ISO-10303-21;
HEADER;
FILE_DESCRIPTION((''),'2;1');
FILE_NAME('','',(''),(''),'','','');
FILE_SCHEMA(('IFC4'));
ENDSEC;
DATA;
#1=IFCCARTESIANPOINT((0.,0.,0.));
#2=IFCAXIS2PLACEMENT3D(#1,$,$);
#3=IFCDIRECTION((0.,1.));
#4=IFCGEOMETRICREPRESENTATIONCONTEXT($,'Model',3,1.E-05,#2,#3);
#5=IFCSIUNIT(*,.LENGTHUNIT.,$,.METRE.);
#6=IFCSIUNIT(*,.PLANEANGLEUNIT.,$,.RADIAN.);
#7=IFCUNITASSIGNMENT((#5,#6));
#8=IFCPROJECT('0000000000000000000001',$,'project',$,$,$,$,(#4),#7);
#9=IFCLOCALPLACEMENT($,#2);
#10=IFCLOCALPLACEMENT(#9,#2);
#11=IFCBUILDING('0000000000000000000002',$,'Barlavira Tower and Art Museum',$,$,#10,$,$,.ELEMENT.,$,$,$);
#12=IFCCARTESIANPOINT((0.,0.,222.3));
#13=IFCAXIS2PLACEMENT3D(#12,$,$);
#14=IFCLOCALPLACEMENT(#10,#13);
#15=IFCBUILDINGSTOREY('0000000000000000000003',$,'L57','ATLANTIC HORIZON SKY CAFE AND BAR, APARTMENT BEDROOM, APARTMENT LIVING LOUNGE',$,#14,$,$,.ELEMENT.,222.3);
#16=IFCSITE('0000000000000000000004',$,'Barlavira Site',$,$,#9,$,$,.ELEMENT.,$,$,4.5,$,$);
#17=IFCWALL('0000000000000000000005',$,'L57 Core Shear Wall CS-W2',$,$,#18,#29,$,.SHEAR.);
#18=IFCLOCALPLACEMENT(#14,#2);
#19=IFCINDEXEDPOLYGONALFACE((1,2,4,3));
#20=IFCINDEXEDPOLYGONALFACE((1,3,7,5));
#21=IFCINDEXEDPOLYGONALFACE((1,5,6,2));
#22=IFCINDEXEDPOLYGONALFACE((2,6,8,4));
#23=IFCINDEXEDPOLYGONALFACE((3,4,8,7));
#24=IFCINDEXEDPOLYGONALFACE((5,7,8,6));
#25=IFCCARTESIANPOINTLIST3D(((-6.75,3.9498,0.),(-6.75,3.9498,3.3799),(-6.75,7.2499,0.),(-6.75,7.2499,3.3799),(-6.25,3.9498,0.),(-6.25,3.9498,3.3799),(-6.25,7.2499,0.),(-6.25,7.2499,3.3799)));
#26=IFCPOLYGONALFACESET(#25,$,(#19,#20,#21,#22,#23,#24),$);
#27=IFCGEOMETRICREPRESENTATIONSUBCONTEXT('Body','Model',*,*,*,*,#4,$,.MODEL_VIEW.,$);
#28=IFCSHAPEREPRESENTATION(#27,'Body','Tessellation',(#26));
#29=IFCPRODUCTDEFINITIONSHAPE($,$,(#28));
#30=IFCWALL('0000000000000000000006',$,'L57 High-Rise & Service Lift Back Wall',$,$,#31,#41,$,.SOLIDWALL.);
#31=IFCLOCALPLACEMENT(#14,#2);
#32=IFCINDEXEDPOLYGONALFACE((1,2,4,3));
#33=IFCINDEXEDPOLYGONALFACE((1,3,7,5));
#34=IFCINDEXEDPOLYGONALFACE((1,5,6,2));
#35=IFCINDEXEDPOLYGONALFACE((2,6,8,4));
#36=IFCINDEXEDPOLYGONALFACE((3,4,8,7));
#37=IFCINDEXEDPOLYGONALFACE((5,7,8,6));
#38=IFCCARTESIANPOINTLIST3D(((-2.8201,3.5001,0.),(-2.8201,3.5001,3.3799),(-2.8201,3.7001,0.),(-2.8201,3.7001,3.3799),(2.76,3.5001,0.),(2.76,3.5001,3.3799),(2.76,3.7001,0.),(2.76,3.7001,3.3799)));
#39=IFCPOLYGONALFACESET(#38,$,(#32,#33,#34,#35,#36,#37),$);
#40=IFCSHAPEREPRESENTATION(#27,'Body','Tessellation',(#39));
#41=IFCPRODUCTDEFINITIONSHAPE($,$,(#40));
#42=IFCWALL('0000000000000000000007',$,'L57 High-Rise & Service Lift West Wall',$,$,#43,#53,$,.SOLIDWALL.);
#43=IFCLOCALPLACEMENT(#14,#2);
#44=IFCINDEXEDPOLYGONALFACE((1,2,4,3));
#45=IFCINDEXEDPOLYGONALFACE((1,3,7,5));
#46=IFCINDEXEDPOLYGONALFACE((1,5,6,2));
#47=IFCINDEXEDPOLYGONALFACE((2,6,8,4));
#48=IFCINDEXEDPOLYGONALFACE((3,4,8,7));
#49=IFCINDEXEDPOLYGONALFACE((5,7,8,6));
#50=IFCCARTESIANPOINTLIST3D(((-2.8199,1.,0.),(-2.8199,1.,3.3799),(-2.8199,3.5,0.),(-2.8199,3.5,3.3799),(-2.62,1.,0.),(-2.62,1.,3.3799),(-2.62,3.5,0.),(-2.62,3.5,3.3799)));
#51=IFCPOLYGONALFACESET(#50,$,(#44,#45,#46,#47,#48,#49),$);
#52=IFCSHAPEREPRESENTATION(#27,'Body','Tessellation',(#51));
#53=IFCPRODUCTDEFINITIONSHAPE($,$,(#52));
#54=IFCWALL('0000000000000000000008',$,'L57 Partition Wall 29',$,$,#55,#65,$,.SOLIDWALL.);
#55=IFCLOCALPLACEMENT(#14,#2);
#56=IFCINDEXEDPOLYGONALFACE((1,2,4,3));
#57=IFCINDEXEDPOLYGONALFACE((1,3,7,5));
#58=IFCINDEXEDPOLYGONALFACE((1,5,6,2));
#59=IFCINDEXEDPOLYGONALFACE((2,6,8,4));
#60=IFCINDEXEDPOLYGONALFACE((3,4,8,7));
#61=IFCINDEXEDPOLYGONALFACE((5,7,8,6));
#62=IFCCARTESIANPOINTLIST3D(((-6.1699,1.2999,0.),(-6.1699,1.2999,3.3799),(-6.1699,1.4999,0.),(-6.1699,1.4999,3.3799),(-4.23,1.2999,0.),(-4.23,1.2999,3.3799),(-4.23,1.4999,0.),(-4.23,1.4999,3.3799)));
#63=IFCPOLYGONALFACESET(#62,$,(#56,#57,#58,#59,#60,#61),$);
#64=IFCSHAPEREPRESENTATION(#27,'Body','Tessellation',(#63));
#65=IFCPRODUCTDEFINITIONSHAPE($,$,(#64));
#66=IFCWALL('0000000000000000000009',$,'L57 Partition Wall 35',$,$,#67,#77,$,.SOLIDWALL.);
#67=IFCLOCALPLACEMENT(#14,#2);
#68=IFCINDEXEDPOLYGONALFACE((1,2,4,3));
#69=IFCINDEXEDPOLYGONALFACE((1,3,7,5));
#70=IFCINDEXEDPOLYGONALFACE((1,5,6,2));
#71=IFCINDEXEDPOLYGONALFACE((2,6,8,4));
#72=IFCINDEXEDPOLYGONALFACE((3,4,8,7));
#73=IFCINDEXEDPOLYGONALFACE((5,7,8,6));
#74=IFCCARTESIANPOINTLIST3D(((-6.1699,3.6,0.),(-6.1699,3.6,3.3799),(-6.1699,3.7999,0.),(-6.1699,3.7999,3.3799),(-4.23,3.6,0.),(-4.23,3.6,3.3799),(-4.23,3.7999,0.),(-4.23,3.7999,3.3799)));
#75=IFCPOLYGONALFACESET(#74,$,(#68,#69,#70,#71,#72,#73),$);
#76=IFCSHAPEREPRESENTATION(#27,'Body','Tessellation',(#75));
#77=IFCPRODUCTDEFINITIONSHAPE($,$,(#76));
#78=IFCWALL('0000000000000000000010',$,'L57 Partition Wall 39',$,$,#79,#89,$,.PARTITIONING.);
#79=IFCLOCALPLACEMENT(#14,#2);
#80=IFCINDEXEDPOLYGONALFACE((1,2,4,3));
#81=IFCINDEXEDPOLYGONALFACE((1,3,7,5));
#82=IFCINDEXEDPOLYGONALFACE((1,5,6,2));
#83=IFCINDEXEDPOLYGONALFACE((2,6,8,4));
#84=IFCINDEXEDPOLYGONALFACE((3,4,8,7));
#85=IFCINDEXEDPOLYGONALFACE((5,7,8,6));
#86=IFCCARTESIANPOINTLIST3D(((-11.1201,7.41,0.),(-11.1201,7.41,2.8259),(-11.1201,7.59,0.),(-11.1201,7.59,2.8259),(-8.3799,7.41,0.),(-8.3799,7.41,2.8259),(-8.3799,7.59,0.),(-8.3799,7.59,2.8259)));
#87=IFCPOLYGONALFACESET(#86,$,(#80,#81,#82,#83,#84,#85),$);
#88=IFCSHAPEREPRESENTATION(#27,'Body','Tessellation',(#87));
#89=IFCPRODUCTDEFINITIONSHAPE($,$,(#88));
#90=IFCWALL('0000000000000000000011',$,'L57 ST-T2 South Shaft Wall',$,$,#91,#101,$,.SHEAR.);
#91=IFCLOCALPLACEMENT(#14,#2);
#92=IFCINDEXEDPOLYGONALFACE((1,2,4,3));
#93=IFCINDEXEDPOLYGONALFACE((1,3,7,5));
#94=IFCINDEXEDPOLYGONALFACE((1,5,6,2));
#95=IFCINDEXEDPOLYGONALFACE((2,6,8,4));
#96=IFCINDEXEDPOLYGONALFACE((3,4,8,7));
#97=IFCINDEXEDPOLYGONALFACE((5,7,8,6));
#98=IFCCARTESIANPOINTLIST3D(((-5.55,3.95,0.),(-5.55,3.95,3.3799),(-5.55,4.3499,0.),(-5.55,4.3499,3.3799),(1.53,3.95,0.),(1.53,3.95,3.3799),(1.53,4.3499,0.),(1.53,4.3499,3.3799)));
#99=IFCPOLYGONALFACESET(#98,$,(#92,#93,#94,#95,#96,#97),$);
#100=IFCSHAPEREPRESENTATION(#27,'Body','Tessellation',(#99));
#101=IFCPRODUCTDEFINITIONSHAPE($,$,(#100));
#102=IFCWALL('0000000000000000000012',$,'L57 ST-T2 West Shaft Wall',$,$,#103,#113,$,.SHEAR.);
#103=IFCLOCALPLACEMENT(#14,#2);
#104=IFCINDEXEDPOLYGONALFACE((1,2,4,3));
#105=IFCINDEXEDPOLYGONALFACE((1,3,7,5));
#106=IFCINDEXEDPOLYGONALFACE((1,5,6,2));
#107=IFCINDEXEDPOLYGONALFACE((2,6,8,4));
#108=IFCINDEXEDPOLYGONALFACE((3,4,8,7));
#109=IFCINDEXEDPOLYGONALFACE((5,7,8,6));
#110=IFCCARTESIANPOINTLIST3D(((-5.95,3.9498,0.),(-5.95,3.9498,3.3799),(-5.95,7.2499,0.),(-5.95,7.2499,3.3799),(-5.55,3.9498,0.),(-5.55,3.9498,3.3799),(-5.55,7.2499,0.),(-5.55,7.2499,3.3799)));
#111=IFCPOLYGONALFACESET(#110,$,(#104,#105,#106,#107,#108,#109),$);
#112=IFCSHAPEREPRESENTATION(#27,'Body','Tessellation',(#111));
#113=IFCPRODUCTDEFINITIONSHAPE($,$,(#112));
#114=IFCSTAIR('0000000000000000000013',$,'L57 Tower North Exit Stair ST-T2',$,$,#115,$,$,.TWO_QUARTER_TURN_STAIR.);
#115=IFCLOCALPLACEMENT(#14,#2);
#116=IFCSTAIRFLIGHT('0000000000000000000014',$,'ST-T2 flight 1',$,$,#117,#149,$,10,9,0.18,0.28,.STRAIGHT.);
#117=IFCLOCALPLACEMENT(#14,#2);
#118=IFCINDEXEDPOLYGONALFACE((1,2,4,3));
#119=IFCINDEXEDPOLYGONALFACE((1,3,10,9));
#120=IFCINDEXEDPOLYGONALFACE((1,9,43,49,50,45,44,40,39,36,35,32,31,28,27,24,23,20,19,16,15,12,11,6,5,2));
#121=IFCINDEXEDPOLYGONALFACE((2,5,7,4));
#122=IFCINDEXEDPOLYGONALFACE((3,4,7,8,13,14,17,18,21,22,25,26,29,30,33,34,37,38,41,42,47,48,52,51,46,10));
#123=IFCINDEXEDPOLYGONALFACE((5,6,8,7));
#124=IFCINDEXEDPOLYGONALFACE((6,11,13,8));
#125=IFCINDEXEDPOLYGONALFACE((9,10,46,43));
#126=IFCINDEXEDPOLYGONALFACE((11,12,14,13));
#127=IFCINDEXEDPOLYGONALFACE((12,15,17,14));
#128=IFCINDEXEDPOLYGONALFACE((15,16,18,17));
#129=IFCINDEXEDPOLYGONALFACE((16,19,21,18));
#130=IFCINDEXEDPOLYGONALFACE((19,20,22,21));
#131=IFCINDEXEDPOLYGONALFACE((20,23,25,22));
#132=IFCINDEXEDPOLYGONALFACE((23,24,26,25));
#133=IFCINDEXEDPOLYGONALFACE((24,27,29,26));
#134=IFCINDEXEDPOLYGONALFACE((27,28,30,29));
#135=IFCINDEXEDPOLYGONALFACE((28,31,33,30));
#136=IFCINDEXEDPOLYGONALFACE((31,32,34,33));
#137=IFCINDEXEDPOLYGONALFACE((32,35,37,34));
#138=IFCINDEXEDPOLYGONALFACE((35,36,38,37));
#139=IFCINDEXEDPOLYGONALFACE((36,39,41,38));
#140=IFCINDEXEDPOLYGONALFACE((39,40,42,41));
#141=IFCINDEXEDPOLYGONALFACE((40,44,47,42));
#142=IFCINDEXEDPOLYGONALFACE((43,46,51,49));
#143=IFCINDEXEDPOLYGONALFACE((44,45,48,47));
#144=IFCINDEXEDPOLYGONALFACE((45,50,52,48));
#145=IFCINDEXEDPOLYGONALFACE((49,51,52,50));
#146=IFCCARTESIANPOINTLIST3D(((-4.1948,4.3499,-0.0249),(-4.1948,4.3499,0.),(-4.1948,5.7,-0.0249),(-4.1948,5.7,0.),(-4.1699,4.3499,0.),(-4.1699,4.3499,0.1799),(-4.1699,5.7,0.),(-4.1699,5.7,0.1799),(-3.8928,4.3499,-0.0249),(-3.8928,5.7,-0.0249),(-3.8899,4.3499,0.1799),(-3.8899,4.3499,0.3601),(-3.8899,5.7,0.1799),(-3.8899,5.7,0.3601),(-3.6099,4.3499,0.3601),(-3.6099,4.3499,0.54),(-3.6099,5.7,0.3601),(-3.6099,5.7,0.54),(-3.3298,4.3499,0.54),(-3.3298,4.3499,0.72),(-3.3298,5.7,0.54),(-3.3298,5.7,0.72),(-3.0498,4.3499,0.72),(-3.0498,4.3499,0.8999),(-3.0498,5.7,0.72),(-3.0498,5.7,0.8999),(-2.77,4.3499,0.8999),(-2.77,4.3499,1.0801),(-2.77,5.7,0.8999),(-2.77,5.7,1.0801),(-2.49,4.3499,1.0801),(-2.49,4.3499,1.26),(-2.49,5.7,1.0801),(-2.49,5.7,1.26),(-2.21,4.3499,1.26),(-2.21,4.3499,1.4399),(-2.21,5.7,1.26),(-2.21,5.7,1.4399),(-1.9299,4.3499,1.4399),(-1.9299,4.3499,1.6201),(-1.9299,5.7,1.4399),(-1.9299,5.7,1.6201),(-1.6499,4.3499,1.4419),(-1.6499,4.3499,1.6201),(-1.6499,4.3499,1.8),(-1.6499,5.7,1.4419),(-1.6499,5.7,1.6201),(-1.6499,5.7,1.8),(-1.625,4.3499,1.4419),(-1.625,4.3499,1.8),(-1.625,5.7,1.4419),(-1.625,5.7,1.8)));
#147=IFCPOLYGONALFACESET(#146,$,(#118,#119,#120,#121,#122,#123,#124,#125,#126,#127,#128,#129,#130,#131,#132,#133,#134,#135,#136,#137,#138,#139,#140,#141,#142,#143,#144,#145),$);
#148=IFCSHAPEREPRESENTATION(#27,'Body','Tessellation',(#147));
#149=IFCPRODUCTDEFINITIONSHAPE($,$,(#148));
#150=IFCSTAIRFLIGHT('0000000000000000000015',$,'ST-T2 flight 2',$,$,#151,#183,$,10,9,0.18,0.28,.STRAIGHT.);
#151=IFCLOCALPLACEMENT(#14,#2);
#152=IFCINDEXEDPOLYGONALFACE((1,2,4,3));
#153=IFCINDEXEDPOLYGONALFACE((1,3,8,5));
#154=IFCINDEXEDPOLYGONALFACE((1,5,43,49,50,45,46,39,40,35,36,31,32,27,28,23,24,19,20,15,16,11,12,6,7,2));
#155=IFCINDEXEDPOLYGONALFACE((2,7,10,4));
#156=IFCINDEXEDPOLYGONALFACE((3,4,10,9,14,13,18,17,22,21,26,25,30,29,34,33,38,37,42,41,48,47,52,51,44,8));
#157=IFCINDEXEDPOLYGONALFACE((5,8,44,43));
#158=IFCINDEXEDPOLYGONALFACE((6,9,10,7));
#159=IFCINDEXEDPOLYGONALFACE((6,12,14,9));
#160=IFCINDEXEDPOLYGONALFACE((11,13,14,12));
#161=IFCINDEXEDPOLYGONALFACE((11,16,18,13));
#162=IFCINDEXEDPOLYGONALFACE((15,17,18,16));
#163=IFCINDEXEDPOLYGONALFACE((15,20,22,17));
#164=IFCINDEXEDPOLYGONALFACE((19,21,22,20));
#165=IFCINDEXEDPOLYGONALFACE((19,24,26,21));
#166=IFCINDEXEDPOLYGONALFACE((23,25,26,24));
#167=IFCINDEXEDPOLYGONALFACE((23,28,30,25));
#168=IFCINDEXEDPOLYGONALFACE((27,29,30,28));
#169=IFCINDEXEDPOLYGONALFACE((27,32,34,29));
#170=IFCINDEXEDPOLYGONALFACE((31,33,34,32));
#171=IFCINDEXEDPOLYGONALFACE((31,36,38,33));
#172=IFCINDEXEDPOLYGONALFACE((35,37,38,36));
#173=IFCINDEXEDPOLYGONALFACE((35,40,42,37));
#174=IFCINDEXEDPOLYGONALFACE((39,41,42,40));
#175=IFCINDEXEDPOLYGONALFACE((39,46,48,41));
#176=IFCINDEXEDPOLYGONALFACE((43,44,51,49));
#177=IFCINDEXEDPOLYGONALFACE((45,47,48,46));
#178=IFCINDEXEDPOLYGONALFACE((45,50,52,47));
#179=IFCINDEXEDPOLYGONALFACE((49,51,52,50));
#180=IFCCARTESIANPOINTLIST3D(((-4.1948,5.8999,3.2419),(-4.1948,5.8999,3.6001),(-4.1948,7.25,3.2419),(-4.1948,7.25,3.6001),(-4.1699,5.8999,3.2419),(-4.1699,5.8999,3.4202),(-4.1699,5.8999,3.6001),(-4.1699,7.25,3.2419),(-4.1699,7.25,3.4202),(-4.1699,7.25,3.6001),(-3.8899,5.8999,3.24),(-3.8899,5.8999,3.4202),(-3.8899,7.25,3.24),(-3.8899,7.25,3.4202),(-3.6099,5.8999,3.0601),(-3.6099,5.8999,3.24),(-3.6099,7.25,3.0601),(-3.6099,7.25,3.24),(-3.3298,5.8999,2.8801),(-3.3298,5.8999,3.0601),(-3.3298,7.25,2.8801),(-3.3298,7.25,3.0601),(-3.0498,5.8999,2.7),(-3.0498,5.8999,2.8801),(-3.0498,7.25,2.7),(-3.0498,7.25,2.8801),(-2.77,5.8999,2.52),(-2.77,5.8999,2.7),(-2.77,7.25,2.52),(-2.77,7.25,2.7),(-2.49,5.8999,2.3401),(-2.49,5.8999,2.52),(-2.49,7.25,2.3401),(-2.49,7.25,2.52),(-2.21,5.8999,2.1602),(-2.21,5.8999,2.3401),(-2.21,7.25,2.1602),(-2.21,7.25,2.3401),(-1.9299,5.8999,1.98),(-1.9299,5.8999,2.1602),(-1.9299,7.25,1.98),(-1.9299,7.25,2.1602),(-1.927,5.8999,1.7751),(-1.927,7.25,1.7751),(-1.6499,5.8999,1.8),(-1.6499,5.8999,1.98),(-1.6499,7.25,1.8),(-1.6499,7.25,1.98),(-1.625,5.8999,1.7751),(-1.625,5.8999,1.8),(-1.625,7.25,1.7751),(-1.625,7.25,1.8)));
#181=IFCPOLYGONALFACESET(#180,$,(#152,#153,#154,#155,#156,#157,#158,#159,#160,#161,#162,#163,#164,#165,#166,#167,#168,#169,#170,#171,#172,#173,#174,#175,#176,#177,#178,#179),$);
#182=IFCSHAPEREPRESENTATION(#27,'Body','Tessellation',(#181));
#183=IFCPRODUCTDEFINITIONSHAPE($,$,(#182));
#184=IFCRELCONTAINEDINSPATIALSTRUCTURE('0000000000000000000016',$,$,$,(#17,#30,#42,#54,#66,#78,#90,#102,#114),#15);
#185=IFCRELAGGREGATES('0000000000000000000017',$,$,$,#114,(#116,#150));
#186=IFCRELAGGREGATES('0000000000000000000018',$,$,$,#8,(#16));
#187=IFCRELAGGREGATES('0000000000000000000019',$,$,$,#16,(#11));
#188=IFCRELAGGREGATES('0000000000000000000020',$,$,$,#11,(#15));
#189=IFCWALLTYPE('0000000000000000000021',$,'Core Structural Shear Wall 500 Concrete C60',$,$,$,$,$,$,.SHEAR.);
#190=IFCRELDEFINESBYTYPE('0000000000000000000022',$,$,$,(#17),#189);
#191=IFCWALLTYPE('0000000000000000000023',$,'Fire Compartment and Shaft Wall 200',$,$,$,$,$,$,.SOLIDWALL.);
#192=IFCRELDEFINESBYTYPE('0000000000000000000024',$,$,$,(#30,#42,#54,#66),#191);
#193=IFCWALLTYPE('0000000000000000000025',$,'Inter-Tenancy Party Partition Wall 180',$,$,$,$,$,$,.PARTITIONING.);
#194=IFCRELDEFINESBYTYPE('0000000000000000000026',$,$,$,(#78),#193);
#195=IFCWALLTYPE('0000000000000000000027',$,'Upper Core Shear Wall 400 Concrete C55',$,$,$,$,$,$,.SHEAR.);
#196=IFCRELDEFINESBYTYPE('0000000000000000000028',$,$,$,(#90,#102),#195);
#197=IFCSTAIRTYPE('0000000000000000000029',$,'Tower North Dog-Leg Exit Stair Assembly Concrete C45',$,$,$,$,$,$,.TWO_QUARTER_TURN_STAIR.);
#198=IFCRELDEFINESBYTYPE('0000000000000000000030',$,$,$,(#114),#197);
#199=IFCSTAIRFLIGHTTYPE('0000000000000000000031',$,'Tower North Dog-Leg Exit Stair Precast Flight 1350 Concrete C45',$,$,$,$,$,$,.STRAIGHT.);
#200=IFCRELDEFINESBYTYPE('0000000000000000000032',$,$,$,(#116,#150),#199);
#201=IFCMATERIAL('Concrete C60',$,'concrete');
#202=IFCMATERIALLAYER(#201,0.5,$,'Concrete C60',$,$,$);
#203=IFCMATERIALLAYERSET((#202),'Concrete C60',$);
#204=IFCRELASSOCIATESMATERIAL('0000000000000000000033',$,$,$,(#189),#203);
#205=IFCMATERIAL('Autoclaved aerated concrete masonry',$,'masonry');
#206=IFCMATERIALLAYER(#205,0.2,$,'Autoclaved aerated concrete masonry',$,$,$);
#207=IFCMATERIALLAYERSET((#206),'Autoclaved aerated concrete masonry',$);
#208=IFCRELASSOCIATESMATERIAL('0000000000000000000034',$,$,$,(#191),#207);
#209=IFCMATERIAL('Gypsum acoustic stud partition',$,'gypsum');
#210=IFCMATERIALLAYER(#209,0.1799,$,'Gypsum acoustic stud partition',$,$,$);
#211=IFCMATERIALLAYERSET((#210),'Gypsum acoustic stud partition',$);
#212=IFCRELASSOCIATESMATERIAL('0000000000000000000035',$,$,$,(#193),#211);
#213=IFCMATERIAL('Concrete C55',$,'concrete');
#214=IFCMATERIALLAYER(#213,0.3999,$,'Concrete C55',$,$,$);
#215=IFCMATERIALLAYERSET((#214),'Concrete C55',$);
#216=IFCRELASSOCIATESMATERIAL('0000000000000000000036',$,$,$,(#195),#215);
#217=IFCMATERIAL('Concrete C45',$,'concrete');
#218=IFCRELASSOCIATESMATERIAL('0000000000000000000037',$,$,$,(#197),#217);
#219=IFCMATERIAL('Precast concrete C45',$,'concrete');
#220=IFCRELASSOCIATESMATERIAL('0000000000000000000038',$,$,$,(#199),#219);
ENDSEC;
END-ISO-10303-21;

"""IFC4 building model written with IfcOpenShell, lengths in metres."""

from ifc_helpers import new_model, si_unit, direction, frame, frame_2d, origin, place, context, subcontext, project, spatial, polyline, rectangle, outline, extrude, material, layer, layer_set, type_object, element, aggregate, save


model = new_model("IFC4")

# Units and contexts
model_context = context("Model", 3, precision=1e-05, world=origin(), true_north=direction((0.0, 1.0)))
body_context = subcontext(model_context, "Body", "Model", "MODEL_VIEW")
ifc_project = project(units=[si_unit("LENGTHUNIT", "METRE"), si_unit("PLANEANGLEUNIT", "RADIAN")], contexts=[model_context])

# Site, building, storey
site_placement = place(None, origin())
site = spatial("IfcSite", under=ifc_project, at=site_placement, Name="Barlavira Site", CompositionType="ELEMENT", RefElevation=4.5)
building_placement = place(site_placement, origin())
building = spatial("IfcBuilding", under=site, at=building_placement, Name="Barlavira Tower and Art Museum", CompositionType="ELEMENT")
storey_placement = place(building_placement, frame((0.0, 0.0, 222.3)))
storey = spatial("IfcBuildingStorey", under=building, at=storey_placement, Name="L57", Description="ATLANTIC HORIZON SKY CAFE AND BAR, APARTMENT BEDROOM, APARTMENT LIVING LOUNGE", CompositionType="ELEMENT", Elevation=222.3)

# Wall
ifc_material_1 = material(Name="Concrete C60", Category="concrete")
ifc_layer_1 = layer(ifc_material_1, 0.5, Name="Concrete C60")
ifc_layer_set_1 = layer_set([ifc_layer_1], Name="Concrete C60")
wall_type_1 = type_object("IfcWallType", Name="Core Structural Shear Wall 500 Concrete C60", PredefinedType="SHEAR", material=ifc_layer_set_1)
wall_1_placement = place(storey_placement, frame((-6.5, 3.95, 0.0), z_axis=(0.0, 0.0, 1.0), x_axis=(0.0, 1.0, 0.0)))
element("IfcWall", 1, at=wall_1_placement, inside=storey, type_object=wall_type_1, Name="L57 Core Shear Wall CS-W2", PredefinedType="SHEAR", context=body_context, shape_type="SweptSolid", body=[
    extrude(rectangle(XDim=3.3, YDim=0.5, at=frame_2d((1.6499, 0.0))), origin(), (0.0, 0.0, 1.0), 3.3799),
])

# Shared definitions
ifc_material_2 = material(Name="Autoclaved aerated concrete masonry", Category="masonry")
ifc_layer_2 = layer(ifc_material_2, 0.2, Name="Autoclaved aerated concrete masonry")
ifc_layer_set_2 = layer_set([ifc_layer_2], Name="Autoclaved aerated concrete masonry")
wall_type_2 = type_object("IfcWallType", Name="Fire Compartment and Shaft Wall 200", PredefinedType="SOLIDWALL", material=ifc_layer_set_2)

# Walls
wall_2_placement = place(storey_placement, frame((-2.8201, 3.6001, 0.0), z_axis=(0.0, 0.0, 1.0), x_axis=(1.0, 0.0, 0.0)))
element("IfcWall", 2, at=wall_2_placement, inside=storey, type_object=wall_type_2, Name="L57 High-Rise & Service Lift Back Wall", PredefinedType="SOLIDWALL", context=body_context, shape_type="SweptSolid", body=[
    extrude(rectangle(XDim=5.5801, YDim=0.2, at=frame_2d((2.79, 0.0))), origin(), (0.0, 0.0, 1.0), 3.3799),
])
wall_3_placement = place(storey_placement, frame((-2.72, 1.0, 0.0), z_axis=(0.0, 0.0, 1.0), x_axis=(0.0, 1.0, 0.0)))
element("IfcWall", 3, at=wall_3_placement, inside=storey, type_object=wall_type_2, Name="L57 High-Rise & Service Lift West Wall", PredefinedType="SOLIDWALL", context=body_context, shape_type="SweptSolid", body=[
    extrude(rectangle(XDim=2.5, YDim=0.2, at=frame_2d((1.25, 0.0))), origin(), (0.0, 0.0, 1.0), 3.3799),
])
for number, where, z_axis, x_axis, name in (
    (4, (-6.1699, 1.3999, 0.0), (0.0, 0.0, 1.0), (1.0, 0.0, 0.0), "L57 Partition Wall 29"),
    (5, (-6.1699, 3.7, 0.0), (0.0, 0.0, 1.0), (1.0, 0.0, 0.0), "L57 Partition Wall 35"),
):
    element("IfcWall", number, at=place(storey_placement, frame(where, z_axis=z_axis, x_axis=x_axis)), inside=storey, type_object=wall_type_2, Name=name, PredefinedType="SOLIDWALL", context=body_context, shape_type="SweptSolid", body=[
        extrude(rectangle(XDim=1.9399, YDim=0.2, at=frame_2d((0.97, 0.0))), origin(), (0.0, 0.0, 1.0), 3.3799),
    ])
ifc_material_3 = material(Name="Gypsum acoustic stud partition", Category="gypsum")
ifc_layer_3 = layer(ifc_material_3, 0.1799, Name="Gypsum acoustic stud partition")
ifc_layer_set_3 = layer_set([ifc_layer_3], Name="Gypsum acoustic stud partition")
wall_type_3 = type_object("IfcWallType", Name="Inter-Tenancy Party Partition Wall 180", PredefinedType="PARTITIONING", material=ifc_layer_set_3)
wall_4_placement = place(storey_placement, frame((-11.1201, 7.5, 0.0), z_axis=(0.0, 0.0, 1.0), x_axis=(1.0, 0.0, 0.0)))
element("IfcWall", 6, at=wall_4_placement, inside=storey, type_object=wall_type_3, Name="L57 Partition Wall 39", PredefinedType="PARTITIONING", context=body_context, shape_type="SweptSolid", body=[
    extrude(rectangle(XDim=2.7402, YDim=0.1799, at=frame_2d((1.3701, 0.0))), origin(), (0.0, 0.0, 1.0), 2.8259),
])
ifc_material_4 = material(Name="Concrete C55", Category="concrete")
ifc_layer_4 = layer(ifc_material_4, 0.3999, Name="Concrete C55")
ifc_layer_set_4 = layer_set([ifc_layer_4], Name="Concrete C55")
wall_type_4 = type_object("IfcWallType", Name="Upper Core Shear Wall 400 Concrete C55", PredefinedType="SHEAR", material=ifc_layer_set_4)
wall_5_placement = place(storey_placement, frame((-5.55, 4.1499, 0.0), z_axis=(0.0, 0.0, 1.0), x_axis=(1.0, 0.0, 0.0)))
element("IfcWall", 7, at=wall_5_placement, inside=storey, type_object=wall_type_4, Name="L57 ST-T2 South Shaft Wall", PredefinedType="SHEAR", context=body_context, shape_type="SweptSolid", body=[
    extrude(rectangle(XDim=7.0801, YDim=0.3999, at=frame_2d((3.54, 0.0))), origin(), (0.0, 0.0, 1.0), 3.3799),
])
wall_6_placement = place(storey_placement, frame((-5.75, 3.95, 0.0), z_axis=(0.0, 0.0, 1.0), x_axis=(0.0, 1.0, 0.0)))
element("IfcWall", 8, at=wall_6_placement, inside=storey, type_object=wall_type_4, Name="L57 ST-T2 West Shaft Wall", PredefinedType="SHEAR", context=body_context, shape_type="SweptSolid", body=[
    extrude(rectangle(XDim=3.3, YDim=0.3999, at=frame_2d((1.6499, 0.0))), origin(), (0.0, 0.0, 1.0), 3.3799),
])

# Stair, stair flights
ifc_material_5 = material(Name="Concrete C45", Category="concrete")
stair_type = type_object("IfcStairType", Name="Tower North Dog-Leg Exit Stair Assembly Concrete C45", PredefinedType="TWO_QUARTER_TURN_STAIR", material=ifc_material_5)
stair_placement = place(storey_placement, origin())
stair = element("IfcStair", 9, at=stair_placement, inside=storey, type_object=stair_type, Name="L57 Tower North Exit Stair ST-T2", PredefinedType="TWO_QUARTER_TURN_STAIR")
ifc_material_6 = material(Name="Precast concrete C45", Category="concrete")
stair_flight_type = type_object("IfcStairFlightType", Name="Tower North Dog-Leg Exit Stair Precast Flight 1350 Concrete C45", PredefinedType="STRAIGHT", material=ifc_material_6)
stair_flight_1_placement = place(storey_placement, frame((-4.1699, 5.0249, 0.0), z_axis=(0.0, 0.0, 1.0), x_axis=(1.0, 0.0, 0.0)))
stair_flight_1 = element("IfcStairFlight", 10, at=stair_flight_1_placement, type_object=stair_flight_type, Name="ST-T2 flight 1", NumberOfRisers=10, NumberOfTreads=9, PredefinedType="STRAIGHT", RiserHeight=0.18, TreadLength=0.28, context=body_context, shape_type="SweptSolid", body=[
    extrude(outline(polyline([(-0.0249, 0.0), (0.0, 0.0), (0.0, 0.1799), (0.28, 0.1799), (0.28, 0.3601), (0.5601, 0.3601), (0.5601, 0.54), (0.8401, 0.54), (0.8401, 0.72), (1.1201, 0.72), (1.1201, 0.8999), (1.3999, 0.8999), (1.3999, 1.0801), (1.6799, 1.0801), (1.6799, 1.26), (1.96, 1.26), (1.96, 1.4399), (2.24, 1.4399), (2.24, 1.6201), (2.52, 1.6201), (2.52, 1.8), (2.5449, 1.8), (2.5449, 1.4419), (2.52, 1.4419), (0.2771, -0.0249), (-0.0249, -0.0249), (-0.0249, 0.0)])), frame((0.0, 0.675, 0.0), z_axis=(0.0, -1.0, 0.0), x_axis=(1.0, 0.0, 0.0)), (0.0, 0.0, 1.0), 1.3501),
])
stair_flight_2_placement = place(storey_placement, frame((-1.6499, 6.575, 1.8), z_axis=(0.0, 0.0, 1.0), x_axis=(-1.0, 0.0, 0.0)))
stair_flight_2 = element("IfcStairFlight", 11, at=stair_flight_2_placement, type_object=stair_flight_type, Name="ST-T2 flight 2", NumberOfRisers=10, NumberOfTreads=9, PredefinedType="STRAIGHT", RiserHeight=0.18, TreadLength=0.28, context=body_context, shape_type="SweptSolid", body=[
    extrude(outline(polyline([(-0.0249, 0.0), (0.0, 0.0), (0.0, 0.1799), (0.28, 0.1799), (0.28, 0.3601), (0.5601, 0.3601), (0.5601, 0.54), (0.8401, 0.54), (0.8401, 0.72), (1.1201, 0.72), (1.1201, 0.8999), (1.3999, 0.8999), (1.3999, 1.0801), (1.6799, 1.0801), (1.6799, 1.26), (1.96, 1.26), (1.96, 1.4399), (2.24, 1.4399), (2.24, 1.6201), (2.52, 1.6201), (2.52, 1.8), (2.5449, 1.8), (2.5449, 1.4419), (2.52, 1.4419), (0.2771, -0.0249), (-0.0249, -0.0249), (-0.0249, 0.0)])), frame((0.0, 0.675, 0.0), z_axis=(0.0, -1.0, 0.0), x_axis=(1.0, 0.0, 0.0)), (0.0, 0.0, 1.0), 1.3501),
])
aggregate(stair, [stair_flight_1, stair_flight_2])

save(model, "model.ifc")
